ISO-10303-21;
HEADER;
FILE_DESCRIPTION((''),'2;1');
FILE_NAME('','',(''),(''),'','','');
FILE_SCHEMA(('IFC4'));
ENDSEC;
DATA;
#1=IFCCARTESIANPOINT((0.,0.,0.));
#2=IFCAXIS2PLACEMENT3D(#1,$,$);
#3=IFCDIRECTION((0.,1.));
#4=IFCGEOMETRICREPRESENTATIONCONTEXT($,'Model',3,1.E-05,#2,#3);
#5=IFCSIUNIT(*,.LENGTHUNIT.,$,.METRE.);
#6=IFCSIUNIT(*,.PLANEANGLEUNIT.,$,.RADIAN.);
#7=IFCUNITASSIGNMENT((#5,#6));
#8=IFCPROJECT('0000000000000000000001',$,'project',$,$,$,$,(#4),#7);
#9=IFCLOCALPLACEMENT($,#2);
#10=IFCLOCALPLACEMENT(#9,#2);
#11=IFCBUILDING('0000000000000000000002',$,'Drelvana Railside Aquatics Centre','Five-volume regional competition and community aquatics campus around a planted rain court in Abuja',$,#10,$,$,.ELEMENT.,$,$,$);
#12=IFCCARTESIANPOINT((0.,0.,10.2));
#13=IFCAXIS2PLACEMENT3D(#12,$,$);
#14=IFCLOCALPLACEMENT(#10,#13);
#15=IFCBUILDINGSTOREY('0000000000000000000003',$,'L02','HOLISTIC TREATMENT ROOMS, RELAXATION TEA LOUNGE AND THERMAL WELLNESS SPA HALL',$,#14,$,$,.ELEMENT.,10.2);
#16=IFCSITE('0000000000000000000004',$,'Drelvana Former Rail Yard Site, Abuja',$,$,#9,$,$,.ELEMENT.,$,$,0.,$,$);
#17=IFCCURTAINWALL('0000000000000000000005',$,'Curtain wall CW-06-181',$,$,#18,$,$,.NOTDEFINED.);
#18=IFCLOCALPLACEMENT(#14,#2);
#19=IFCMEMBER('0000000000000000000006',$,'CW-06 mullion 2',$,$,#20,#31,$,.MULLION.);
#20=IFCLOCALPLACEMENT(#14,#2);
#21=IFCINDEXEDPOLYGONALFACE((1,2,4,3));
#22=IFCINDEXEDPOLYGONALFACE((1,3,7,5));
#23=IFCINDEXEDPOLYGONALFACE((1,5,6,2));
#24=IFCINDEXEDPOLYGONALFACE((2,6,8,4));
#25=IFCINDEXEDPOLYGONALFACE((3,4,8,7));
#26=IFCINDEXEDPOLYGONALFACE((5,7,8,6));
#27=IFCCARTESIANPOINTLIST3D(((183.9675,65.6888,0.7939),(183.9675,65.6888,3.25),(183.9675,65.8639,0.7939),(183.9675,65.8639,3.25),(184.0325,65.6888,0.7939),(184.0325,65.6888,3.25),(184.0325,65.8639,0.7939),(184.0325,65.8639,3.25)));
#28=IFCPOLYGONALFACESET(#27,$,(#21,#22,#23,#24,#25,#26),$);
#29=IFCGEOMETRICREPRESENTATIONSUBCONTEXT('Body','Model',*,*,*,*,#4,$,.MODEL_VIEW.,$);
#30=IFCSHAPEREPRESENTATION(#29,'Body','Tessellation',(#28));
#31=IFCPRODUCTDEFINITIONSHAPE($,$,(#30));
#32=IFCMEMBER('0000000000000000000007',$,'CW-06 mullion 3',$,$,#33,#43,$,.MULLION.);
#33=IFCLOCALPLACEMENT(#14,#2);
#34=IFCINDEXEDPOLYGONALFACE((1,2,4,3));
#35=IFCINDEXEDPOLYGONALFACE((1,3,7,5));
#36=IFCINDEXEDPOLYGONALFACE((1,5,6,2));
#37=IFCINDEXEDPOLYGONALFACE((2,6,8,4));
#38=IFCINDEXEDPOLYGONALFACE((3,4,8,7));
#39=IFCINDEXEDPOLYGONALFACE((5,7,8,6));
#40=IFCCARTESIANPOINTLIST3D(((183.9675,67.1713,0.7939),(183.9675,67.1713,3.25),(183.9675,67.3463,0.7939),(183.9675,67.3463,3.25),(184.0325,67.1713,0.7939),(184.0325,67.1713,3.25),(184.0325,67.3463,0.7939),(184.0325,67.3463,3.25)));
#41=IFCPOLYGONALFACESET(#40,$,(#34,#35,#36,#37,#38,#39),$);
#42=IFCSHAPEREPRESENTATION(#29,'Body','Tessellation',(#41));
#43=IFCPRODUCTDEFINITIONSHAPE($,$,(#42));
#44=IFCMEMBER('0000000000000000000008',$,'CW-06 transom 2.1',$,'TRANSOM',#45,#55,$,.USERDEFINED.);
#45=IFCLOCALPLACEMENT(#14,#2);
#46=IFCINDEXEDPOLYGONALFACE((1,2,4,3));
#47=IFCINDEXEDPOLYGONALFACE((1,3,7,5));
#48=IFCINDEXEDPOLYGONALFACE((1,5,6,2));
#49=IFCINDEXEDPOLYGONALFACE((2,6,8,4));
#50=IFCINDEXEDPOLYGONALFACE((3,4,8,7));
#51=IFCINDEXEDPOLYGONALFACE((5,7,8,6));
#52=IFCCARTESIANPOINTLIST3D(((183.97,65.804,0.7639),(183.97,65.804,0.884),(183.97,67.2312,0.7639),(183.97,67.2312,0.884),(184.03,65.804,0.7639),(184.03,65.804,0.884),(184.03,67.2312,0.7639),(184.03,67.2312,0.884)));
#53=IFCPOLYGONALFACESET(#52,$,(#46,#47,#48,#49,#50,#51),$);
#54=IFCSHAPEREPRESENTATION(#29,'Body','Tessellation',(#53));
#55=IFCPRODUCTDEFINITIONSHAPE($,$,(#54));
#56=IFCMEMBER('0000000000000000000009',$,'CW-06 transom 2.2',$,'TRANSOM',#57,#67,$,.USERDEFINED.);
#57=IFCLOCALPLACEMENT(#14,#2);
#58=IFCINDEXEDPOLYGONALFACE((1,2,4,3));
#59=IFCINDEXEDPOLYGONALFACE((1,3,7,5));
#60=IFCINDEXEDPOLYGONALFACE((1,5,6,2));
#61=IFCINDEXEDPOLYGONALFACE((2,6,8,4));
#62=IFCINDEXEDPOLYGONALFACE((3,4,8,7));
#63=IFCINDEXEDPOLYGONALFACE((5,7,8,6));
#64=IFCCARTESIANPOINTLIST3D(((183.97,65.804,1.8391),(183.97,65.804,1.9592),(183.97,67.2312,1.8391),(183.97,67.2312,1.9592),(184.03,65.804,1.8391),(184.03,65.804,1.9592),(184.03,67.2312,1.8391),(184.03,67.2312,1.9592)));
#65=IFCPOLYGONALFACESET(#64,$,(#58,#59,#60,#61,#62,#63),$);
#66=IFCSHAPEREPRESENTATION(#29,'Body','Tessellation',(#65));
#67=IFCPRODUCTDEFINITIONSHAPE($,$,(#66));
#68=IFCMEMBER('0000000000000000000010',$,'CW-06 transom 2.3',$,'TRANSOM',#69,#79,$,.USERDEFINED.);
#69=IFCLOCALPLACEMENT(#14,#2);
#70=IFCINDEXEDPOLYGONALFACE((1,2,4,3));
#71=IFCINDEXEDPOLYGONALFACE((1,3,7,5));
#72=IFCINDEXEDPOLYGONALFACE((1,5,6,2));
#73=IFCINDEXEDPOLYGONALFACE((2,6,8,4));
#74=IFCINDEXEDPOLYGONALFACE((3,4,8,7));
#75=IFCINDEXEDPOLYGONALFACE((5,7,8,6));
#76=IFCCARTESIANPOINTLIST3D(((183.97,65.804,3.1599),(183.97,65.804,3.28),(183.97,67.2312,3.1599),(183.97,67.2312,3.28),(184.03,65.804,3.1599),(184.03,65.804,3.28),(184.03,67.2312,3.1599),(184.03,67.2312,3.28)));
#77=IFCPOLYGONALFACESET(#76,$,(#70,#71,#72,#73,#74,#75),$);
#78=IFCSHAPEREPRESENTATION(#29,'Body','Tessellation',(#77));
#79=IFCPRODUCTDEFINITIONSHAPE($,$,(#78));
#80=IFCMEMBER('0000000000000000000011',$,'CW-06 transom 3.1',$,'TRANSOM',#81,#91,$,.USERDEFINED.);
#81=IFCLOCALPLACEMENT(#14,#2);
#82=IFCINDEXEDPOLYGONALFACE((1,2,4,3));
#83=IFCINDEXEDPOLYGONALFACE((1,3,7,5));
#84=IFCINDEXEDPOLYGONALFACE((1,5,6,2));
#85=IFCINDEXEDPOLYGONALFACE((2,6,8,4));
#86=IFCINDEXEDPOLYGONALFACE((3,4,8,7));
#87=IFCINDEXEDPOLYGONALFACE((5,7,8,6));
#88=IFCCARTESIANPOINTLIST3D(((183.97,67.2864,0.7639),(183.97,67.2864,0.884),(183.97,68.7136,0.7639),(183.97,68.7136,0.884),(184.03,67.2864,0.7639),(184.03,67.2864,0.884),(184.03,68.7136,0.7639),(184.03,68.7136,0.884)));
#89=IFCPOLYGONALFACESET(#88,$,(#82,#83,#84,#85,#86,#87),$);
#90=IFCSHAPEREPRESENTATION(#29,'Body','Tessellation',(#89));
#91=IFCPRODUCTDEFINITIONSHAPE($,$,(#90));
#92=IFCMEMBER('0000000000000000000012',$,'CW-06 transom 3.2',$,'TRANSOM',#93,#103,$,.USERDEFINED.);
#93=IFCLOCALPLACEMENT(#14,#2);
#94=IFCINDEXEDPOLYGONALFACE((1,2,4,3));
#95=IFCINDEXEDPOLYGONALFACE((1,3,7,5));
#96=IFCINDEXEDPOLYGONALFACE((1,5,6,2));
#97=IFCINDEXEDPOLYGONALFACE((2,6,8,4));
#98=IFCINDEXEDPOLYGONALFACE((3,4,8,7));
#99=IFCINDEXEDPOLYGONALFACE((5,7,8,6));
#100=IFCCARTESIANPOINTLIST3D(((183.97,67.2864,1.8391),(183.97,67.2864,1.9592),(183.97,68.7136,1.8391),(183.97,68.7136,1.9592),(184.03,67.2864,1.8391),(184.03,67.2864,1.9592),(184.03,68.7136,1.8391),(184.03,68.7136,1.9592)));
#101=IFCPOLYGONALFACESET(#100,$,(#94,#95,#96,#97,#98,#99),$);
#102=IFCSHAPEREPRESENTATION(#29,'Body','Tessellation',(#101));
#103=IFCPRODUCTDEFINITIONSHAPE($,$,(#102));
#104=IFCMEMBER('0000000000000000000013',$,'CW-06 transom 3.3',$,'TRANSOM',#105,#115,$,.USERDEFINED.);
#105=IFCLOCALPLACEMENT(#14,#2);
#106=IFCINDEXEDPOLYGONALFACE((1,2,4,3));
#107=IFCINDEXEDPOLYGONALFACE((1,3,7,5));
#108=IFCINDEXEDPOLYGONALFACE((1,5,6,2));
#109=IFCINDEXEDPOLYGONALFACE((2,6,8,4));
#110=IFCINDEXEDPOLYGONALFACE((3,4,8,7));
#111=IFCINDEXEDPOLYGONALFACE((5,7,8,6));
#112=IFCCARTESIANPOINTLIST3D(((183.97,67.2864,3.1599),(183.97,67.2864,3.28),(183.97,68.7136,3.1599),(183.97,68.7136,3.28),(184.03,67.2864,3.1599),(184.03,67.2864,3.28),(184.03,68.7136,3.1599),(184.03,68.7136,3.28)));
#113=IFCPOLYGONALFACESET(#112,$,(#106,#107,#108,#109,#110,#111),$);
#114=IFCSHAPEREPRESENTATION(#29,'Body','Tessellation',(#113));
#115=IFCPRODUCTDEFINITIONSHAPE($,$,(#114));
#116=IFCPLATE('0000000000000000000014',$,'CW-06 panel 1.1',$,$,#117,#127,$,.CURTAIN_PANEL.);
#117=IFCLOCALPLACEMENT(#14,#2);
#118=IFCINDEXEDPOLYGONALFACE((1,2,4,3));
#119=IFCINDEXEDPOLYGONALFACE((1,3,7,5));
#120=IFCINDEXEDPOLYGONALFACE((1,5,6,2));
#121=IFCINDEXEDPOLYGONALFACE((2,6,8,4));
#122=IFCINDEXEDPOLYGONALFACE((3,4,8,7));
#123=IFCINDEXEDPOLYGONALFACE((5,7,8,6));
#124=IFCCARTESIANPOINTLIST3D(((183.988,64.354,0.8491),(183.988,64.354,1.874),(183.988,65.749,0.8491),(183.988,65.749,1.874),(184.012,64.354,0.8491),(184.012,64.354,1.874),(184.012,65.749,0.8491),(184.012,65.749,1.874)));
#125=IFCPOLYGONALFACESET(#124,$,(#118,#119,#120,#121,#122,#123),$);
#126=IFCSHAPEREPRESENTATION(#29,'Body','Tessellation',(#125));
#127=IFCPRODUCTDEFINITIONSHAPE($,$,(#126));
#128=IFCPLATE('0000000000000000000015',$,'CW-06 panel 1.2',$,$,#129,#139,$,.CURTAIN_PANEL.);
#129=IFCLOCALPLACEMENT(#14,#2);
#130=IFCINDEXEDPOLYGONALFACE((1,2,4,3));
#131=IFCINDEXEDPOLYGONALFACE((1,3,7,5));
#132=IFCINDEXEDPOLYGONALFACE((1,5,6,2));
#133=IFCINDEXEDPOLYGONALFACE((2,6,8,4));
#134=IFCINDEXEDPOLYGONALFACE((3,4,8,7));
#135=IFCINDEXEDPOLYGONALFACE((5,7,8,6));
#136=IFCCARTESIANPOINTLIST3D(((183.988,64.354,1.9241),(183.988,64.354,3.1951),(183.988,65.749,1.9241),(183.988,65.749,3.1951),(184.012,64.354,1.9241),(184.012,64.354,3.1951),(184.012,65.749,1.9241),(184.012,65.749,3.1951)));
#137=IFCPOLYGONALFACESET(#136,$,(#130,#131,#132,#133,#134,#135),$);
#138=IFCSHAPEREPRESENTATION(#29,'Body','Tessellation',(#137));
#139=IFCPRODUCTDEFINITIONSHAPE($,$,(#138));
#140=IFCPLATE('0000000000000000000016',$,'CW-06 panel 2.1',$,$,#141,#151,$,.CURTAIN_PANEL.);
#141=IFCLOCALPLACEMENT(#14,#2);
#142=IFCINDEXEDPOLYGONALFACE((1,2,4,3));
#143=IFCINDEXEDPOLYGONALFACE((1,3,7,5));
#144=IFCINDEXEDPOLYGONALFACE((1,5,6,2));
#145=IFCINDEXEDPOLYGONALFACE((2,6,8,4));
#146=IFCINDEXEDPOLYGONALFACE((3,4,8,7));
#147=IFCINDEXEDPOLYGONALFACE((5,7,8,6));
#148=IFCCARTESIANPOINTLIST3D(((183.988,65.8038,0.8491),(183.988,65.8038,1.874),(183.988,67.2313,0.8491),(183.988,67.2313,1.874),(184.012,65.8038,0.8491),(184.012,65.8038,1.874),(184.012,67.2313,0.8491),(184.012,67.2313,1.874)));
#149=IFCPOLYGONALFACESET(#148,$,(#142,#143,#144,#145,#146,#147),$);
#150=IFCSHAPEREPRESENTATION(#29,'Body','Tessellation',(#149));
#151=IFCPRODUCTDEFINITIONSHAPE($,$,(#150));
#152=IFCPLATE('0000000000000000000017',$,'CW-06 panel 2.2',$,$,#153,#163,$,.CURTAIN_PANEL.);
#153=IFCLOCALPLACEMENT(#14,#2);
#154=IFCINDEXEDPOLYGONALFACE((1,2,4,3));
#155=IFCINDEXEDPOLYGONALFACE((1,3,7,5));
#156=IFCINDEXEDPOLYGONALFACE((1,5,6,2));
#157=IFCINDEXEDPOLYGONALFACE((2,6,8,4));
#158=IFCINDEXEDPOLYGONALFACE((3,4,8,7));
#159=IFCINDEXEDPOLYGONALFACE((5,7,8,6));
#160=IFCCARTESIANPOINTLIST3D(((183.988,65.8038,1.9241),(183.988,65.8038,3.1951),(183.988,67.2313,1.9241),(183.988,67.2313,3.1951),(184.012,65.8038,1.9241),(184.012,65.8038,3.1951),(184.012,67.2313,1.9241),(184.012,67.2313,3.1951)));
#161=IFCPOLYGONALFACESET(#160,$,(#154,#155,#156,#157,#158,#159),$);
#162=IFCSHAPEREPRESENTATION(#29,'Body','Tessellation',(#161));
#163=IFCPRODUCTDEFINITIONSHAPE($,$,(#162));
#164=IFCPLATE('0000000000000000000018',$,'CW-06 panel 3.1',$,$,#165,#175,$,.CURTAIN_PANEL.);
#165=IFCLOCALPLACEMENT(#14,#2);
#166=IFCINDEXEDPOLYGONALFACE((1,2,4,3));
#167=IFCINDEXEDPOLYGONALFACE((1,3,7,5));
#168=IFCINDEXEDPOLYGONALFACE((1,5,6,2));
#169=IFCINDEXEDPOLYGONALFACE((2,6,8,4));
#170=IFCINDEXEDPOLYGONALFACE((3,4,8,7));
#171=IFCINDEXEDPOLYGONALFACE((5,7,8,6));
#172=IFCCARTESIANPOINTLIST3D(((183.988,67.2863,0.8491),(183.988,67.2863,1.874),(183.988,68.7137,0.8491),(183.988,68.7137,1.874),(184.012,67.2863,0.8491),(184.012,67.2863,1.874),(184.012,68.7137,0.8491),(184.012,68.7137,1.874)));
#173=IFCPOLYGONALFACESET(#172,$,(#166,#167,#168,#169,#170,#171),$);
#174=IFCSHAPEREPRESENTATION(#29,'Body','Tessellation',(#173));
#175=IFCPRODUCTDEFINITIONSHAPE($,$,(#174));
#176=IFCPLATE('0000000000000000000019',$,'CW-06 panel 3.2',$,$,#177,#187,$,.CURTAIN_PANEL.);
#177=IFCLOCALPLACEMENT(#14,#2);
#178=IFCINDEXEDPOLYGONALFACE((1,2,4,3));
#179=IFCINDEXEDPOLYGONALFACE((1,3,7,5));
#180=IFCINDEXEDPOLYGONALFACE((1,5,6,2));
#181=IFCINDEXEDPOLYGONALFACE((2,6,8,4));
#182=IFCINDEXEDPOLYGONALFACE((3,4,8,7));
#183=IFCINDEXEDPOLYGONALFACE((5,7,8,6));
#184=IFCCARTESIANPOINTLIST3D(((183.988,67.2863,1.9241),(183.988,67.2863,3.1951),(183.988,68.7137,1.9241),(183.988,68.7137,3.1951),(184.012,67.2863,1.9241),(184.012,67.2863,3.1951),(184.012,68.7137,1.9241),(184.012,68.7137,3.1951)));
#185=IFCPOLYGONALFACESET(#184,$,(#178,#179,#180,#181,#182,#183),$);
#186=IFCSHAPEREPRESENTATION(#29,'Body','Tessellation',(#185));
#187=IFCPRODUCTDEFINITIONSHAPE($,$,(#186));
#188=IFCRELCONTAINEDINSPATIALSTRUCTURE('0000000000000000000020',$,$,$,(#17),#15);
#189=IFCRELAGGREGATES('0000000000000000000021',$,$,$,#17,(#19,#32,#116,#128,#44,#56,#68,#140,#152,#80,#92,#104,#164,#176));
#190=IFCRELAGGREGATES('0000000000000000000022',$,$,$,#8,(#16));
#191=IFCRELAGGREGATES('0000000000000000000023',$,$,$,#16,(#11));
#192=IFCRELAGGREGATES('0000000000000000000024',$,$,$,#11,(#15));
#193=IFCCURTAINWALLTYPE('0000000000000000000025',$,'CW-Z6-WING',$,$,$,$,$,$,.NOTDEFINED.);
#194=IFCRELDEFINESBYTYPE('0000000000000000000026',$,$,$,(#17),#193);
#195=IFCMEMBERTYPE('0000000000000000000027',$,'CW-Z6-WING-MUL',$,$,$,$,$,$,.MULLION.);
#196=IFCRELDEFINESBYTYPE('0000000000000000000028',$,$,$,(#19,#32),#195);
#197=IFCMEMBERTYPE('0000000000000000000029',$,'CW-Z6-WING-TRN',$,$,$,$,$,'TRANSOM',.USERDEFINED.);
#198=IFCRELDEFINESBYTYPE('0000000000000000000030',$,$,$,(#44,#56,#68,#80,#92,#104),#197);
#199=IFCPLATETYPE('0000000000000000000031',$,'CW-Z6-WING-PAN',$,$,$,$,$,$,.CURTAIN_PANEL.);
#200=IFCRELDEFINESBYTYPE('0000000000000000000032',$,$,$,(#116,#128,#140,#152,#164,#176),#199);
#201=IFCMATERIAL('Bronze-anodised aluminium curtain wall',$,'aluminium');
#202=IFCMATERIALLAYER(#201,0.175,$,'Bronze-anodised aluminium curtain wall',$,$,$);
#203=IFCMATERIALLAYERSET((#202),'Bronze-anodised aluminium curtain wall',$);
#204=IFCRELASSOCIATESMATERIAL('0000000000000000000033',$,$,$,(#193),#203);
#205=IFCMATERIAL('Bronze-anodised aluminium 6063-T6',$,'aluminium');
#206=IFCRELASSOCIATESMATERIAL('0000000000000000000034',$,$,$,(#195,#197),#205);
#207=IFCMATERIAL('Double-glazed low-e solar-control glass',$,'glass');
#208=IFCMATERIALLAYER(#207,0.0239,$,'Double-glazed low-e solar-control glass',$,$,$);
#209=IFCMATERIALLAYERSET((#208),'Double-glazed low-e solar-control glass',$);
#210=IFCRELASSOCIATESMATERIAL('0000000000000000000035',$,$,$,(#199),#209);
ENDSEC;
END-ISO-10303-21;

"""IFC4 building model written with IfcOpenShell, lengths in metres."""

from ifc_helpers import new_model, si_unit, direction, frame, origin, origin_2d, place, context, subcontext, project, spatial, rectangle, extrude, material, layer, layer_set, material_profile, profile_set, type_object, element, aggregate, save


model = new_model("IFC4")

# Units and contexts
model_context = context("Model", 3, precision=1e-05, world=origin(), true_north=direction((0.0, 1.0)))
body_context = subcontext(model_context, "Body", "Model", "MODEL_VIEW")
ifc_project = project(units=[si_unit("LENGTHUNIT", "METRE"), si_unit("PLANEANGLEUNIT", "RADIAN")], contexts=[model_context])

# Site, building, storey
site_placement = place(None, origin())
site = spatial("IfcSite", under=ifc_project, at=site_placement, Name="Drelvana Former Rail Yard Site, Abuja", CompositionType="ELEMENT", RefElevation=0.0)
building_placement = place(site_placement, origin())
building = spatial("IfcBuilding", under=site, at=building_placement, Name="Drelvana Railside Aquatics Centre", Description="Five-volume regional competition and community aquatics campus around a planted rain court in Abuja", CompositionType="ELEMENT")
storey_placement = place(building_placement, frame((0.0, 0.0, 10.2)))
storey = spatial("IfcBuildingStorey", under=building, at=storey_placement, Name="L02", Description="HOLISTIC TREATMENT ROOMS, RELAXATION TEA LOUNGE AND THERMAL WELLNESS SPA HALL", CompositionType="ELEMENT", Elevation=10.2)

# Curtain wall, members, plates
ifc_material_1 = material(Name="Bronze-anodised aluminium curtain wall", Category="aluminium")
ifc_layer_1 = layer(ifc_material_1, 0.175, Name="Bronze-anodised aluminium curtain wall")
ifc_layer_set_1 = layer_set([ifc_layer_1], Name="Bronze-anodised aluminium curtain wall")
curtain_wall_type = type_object("IfcCurtainWallType", Name="CW-Z6-WING", PredefinedType="NOTDEFINED", material=ifc_layer_set_1)
curtain_wall_placement = place(storey_placement, origin())
curtain_wall = element("IfcCurtainWall", 1, at=curtain_wall_placement, inside=storey, type_object=curtain_wall_type, Name="Curtain wall CW-06-181", PredefinedType="NOTDEFINED")
ifc_material_2 = material(Name="Bronze-anodised aluminium 6063-T6", Category="aluminium")
ifc_material_profile_1 = material_profile(ifc_material_2, rectangle(XDim=0.0649, YDim=0.175, at=origin_2d()), Name="ALU-M 65x175")
ifc_profile_set_1 = profile_set([ifc_material_profile_1], Name="Bronze-anodised aluminium 6063-T6")
member_type_1 = type_object("IfcMemberType", Name="CW-Z6-WING-MUL", PredefinedType="MULLION", material=ifc_profile_set_1)
member_1_placement = place(storey_placement, frame((184.0, 65.7764, 0.7939), z_axis=(0.0, 0.0, 1.0), x_axis=(-1.0, 0.0, 0.0)))
member_1 = element("IfcMember", 2, at=member_1_placement, type_object=member_type_1, Name="CW-06 mullion 2", PredefinedType="MULLION", context=body_context, shape_type="SweptSolid", body=[
    extrude(rectangle(XDim=0.0649, YDim=0.175, at=origin_2d()), origin(), (0.0, 0.0, 1.0), 2.4561),
])
member_2_placement = place(storey_placement, frame((184.0, 67.2588, 0.7939), z_axis=(0.0, 0.0, 1.0), x_axis=(-1.0, 0.0, 0.0)))
member_2 = element("IfcMember", 3, at=member_2_placement, type_object=member_type_1, Name="CW-06 mullion 3", PredefinedType="MULLION", context=body_context, shape_type="SweptSolid", body=[
    extrude(rectangle(XDim=0.0649, YDim=0.175, at=origin_2d()), origin(), (0.0, 0.0, 1.0), 2.4561),
])
ifc_material_profile_2 = material_profile(ifc_material_2, rectangle(XDim=0.1201, YDim=0.0601, at=origin_2d()), Name="ALU-T 60x120")
ifc_profile_set_2 = profile_set([ifc_material_profile_2], Name="Bronze-anodised aluminium 6063-T6")
member_type_2 = type_object("IfcMemberType", Name="CW-Z6-WING-TRN", ElementType="TRANSOM", PredefinedType="USERDEFINED", material=ifc_profile_set_2)
member_3_placement = place(storey_placement, frame((184.0, 65.804, 0.824), z_axis=(0.0, 1.0, 0.0), x_axis=(0.0, 0.0, 1.0)))
member_3 = element("IfcMember", 4, at=member_3_placement, type_object=member_type_2, Name="CW-06 transom 2.1", ObjectType="TRANSOM", PredefinedType="USERDEFINED", context=body_context, shape_type="SweptSolid", body=[
    extrude(rectangle(XDim=0.1201, YDim=0.0601, at=origin_2d()), origin(), (0.0, 0.0, 1.0), 1.4272),
])
member_4_placement = place(storey_placement, frame((184.0, 65.804, 1.8992), z_axis=(0.0, 1.0, 0.0), x_axis=(0.0, 0.0, 1.0)))
member_4 = element("IfcMember", 5, at=member_4_placement, type_object=member_type_2, Name="CW-06 transom 2.2", ObjectType="TRANSOM", PredefinedType="USERDEFINED", context=body_context, shape_type="SweptSolid", body=[
    extrude(rectangle(XDim=0.1201, YDim=0.0601, at=origin_2d()), origin(), (0.0, 0.0, 1.0), 1.4272),
])
member_5_placement = place(storey_placement, frame((184.0, 65.804, 3.22), z_axis=(0.0, 1.0, 0.0), x_axis=(0.0, 0.0, 1.0)))
member_5 = element("IfcMember", 6, at=member_5_placement, type_object=member_type_2, Name="CW-06 transom 2.3", ObjectType="TRANSOM", PredefinedType="USERDEFINED", context=body_context, shape_type="SweptSolid", body=[
    extrude(rectangle(XDim=0.1201, YDim=0.0601, at=origin_2d()), origin(), (0.0, 0.0, 1.0), 1.4272),
])
member_6_placement = place(storey_placement, frame((184.0, 67.2864, 0.824), z_axis=(0.0, 1.0, 0.0), x_axis=(0.0, 0.0, 1.0)))
member_6 = element("IfcMember", 7, at=member_6_placement, type_object=member_type_2, Name="CW-06 transom 3.1", ObjectType="TRANSOM", PredefinedType="USERDEFINED", context=body_context, shape_type="SweptSolid", body=[
    extrude(rectangle(XDim=0.1201, YDim=0.0601, at=origin_2d()), origin(), (0.0, 0.0, 1.0), 1.4272),
])
member_7_placement = place(storey_placement, frame((184.0, 67.2864, 1.8992), z_axis=(0.0, 1.0, 0.0), x_axis=(0.0, 0.0, 1.0)))
member_7 = element("IfcMember", 8, at=member_7_placement, type_object=member_type_2, Name="CW-06 transom 3.2", ObjectType="TRANSOM", PredefinedType="USERDEFINED", context=body_context, shape_type="SweptSolid", body=[
    extrude(rectangle(XDim=0.1201, YDim=0.0601, at=origin_2d()), origin(), (0.0, 0.0, 1.0), 1.4272),
])
member_8_placement = place(storey_placement, frame((184.0, 67.2864, 3.22), z_axis=(0.0, 1.0, 0.0), x_axis=(0.0, 0.0, 1.0)))
member_8 = element("IfcMember", 9, at=member_8_placement, type_object=member_type_2, Name="CW-06 transom 3.3", ObjectType="TRANSOM", PredefinedType="USERDEFINED", context=body_context, shape_type="SweptSolid", body=[
    extrude(rectangle(XDim=0.1201, YDim=0.0601, at=origin_2d()), origin(), (0.0, 0.0, 1.0), 1.4272),
])
ifc_material_3 = material(Name="Double-glazed low-e solar-control glass", Category="glass")
ifc_layer_2 = layer(ifc_material_3, 0.0239, Name="Double-glazed low-e solar-control glass")
ifc_layer_set_2 = layer_set([ifc_layer_2], Name="Double-glazed low-e solar-control glass")
plate_type = type_object("IfcPlateType", Name="CW-Z6-WING-PAN", PredefinedType="CURTAIN_PANEL", material=ifc_layer_set_2)
plate_1_placement = place(storey_placement, frame((184.0, 65.0515, 0.8491), z_axis=(0.0, 0.0, 1.0), x_axis=(0.0, 1.0, 0.0)))
plate_1 = element("IfcPlate", 10, at=plate_1_placement, type_object=plate_type, Name="CW-06 panel 1.1", PredefinedType="CURTAIN_PANEL", context=body_context, shape_type="SweptSolid", body=[
    extrude(rectangle(XDim=1.395, YDim=0.0239, at=origin_2d()), origin(), (0.0, 0.0, 1.0), 1.0249),
])
plate_2_placement = place(storey_placement, frame((184.0, 65.0515, 1.9241), z_axis=(0.0, 0.0, 1.0), x_axis=(0.0, 1.0, 0.0)))
plate_2 = element("IfcPlate", 11, at=plate_2_placement, type_object=plate_type, Name="CW-06 panel 1.2", PredefinedType="CURTAIN_PANEL", context=body_context, shape_type="SweptSolid", body=[
    extrude(rectangle(XDim=1.395, YDim=0.0239, at=origin_2d()), origin(), (0.0, 0.0, 1.0), 1.271),
])
plate_3_placement = place(storey_placement, frame((184.0, 66.5176, 0.8491), z_axis=(0.0, 0.0, 1.0), x_axis=(0.0, 1.0, 0.0)))
plate_3 = element("IfcPlate", 12, at=plate_3_placement, type_object=plate_type, Name="CW-06 panel 2.1", PredefinedType="CURTAIN_PANEL", context=body_context, shape_type="SweptSolid", body=[
    extrude(rectangle(XDim=1.4275, YDim=0.0239, at=origin_2d()), origin(), (0.0, 0.0, 1.0), 1.0249),
])
plate_4_placement = place(storey_placement, frame((184.0, 66.5176, 1.9241), z_axis=(0.0, 0.0, 1.0), x_axis=(0.0, 1.0, 0.0)))
plate_4 = element("IfcPlate", 13, at=plate_4_placement, type_object=plate_type, Name="CW-06 panel 2.2", PredefinedType="CURTAIN_PANEL", context=body_context, shape_type="SweptSolid", body=[
    extrude(rectangle(XDim=1.4275, YDim=0.0239, at=origin_2d()), origin(), (0.0, 0.0, 1.0), 1.271),
])
plate_5_placement = place(storey_placement, frame((184.0, 68.0, 0.8491), z_axis=(0.0, 0.0, 1.0), x_axis=(0.0, 1.0, 0.0)))
plate_5 = element("IfcPlate", 14, at=plate_5_placement, type_object=plate_type, Name="CW-06 panel 3.1", PredefinedType="CURTAIN_PANEL", context=body_context, shape_type="SweptSolid", body=[
    extrude(rectangle(XDim=1.4275, YDim=0.0239, at=origin_2d()), origin(), (0.0, 0.0, 1.0), 1.0249),
])
plate_6_placement = place(storey_placement, frame((184.0, 68.0, 1.9241), z_axis=(0.0, 0.0, 1.0), x_axis=(0.0, 1.0, 0.0)))
plate_6 = element("IfcPlate", 15, at=plate_6_placement, type_object=plate_type, Name="CW-06 panel 3.2", PredefinedType="CURTAIN_PANEL", context=body_context, shape_type="SweptSolid", body=[
    extrude(rectangle(XDim=1.4275, YDim=0.0239, at=origin_2d()), origin(), (0.0, 0.0, 1.0), 1.271),
])
aggregate(curtain_wall, [member_1, member_2, plate_1, plate_2, member_3, member_4, member_5, plate_3, plate_4, member_6, member_7, member_8, plate_5, plate_6])

save(model, "model.ifc")
